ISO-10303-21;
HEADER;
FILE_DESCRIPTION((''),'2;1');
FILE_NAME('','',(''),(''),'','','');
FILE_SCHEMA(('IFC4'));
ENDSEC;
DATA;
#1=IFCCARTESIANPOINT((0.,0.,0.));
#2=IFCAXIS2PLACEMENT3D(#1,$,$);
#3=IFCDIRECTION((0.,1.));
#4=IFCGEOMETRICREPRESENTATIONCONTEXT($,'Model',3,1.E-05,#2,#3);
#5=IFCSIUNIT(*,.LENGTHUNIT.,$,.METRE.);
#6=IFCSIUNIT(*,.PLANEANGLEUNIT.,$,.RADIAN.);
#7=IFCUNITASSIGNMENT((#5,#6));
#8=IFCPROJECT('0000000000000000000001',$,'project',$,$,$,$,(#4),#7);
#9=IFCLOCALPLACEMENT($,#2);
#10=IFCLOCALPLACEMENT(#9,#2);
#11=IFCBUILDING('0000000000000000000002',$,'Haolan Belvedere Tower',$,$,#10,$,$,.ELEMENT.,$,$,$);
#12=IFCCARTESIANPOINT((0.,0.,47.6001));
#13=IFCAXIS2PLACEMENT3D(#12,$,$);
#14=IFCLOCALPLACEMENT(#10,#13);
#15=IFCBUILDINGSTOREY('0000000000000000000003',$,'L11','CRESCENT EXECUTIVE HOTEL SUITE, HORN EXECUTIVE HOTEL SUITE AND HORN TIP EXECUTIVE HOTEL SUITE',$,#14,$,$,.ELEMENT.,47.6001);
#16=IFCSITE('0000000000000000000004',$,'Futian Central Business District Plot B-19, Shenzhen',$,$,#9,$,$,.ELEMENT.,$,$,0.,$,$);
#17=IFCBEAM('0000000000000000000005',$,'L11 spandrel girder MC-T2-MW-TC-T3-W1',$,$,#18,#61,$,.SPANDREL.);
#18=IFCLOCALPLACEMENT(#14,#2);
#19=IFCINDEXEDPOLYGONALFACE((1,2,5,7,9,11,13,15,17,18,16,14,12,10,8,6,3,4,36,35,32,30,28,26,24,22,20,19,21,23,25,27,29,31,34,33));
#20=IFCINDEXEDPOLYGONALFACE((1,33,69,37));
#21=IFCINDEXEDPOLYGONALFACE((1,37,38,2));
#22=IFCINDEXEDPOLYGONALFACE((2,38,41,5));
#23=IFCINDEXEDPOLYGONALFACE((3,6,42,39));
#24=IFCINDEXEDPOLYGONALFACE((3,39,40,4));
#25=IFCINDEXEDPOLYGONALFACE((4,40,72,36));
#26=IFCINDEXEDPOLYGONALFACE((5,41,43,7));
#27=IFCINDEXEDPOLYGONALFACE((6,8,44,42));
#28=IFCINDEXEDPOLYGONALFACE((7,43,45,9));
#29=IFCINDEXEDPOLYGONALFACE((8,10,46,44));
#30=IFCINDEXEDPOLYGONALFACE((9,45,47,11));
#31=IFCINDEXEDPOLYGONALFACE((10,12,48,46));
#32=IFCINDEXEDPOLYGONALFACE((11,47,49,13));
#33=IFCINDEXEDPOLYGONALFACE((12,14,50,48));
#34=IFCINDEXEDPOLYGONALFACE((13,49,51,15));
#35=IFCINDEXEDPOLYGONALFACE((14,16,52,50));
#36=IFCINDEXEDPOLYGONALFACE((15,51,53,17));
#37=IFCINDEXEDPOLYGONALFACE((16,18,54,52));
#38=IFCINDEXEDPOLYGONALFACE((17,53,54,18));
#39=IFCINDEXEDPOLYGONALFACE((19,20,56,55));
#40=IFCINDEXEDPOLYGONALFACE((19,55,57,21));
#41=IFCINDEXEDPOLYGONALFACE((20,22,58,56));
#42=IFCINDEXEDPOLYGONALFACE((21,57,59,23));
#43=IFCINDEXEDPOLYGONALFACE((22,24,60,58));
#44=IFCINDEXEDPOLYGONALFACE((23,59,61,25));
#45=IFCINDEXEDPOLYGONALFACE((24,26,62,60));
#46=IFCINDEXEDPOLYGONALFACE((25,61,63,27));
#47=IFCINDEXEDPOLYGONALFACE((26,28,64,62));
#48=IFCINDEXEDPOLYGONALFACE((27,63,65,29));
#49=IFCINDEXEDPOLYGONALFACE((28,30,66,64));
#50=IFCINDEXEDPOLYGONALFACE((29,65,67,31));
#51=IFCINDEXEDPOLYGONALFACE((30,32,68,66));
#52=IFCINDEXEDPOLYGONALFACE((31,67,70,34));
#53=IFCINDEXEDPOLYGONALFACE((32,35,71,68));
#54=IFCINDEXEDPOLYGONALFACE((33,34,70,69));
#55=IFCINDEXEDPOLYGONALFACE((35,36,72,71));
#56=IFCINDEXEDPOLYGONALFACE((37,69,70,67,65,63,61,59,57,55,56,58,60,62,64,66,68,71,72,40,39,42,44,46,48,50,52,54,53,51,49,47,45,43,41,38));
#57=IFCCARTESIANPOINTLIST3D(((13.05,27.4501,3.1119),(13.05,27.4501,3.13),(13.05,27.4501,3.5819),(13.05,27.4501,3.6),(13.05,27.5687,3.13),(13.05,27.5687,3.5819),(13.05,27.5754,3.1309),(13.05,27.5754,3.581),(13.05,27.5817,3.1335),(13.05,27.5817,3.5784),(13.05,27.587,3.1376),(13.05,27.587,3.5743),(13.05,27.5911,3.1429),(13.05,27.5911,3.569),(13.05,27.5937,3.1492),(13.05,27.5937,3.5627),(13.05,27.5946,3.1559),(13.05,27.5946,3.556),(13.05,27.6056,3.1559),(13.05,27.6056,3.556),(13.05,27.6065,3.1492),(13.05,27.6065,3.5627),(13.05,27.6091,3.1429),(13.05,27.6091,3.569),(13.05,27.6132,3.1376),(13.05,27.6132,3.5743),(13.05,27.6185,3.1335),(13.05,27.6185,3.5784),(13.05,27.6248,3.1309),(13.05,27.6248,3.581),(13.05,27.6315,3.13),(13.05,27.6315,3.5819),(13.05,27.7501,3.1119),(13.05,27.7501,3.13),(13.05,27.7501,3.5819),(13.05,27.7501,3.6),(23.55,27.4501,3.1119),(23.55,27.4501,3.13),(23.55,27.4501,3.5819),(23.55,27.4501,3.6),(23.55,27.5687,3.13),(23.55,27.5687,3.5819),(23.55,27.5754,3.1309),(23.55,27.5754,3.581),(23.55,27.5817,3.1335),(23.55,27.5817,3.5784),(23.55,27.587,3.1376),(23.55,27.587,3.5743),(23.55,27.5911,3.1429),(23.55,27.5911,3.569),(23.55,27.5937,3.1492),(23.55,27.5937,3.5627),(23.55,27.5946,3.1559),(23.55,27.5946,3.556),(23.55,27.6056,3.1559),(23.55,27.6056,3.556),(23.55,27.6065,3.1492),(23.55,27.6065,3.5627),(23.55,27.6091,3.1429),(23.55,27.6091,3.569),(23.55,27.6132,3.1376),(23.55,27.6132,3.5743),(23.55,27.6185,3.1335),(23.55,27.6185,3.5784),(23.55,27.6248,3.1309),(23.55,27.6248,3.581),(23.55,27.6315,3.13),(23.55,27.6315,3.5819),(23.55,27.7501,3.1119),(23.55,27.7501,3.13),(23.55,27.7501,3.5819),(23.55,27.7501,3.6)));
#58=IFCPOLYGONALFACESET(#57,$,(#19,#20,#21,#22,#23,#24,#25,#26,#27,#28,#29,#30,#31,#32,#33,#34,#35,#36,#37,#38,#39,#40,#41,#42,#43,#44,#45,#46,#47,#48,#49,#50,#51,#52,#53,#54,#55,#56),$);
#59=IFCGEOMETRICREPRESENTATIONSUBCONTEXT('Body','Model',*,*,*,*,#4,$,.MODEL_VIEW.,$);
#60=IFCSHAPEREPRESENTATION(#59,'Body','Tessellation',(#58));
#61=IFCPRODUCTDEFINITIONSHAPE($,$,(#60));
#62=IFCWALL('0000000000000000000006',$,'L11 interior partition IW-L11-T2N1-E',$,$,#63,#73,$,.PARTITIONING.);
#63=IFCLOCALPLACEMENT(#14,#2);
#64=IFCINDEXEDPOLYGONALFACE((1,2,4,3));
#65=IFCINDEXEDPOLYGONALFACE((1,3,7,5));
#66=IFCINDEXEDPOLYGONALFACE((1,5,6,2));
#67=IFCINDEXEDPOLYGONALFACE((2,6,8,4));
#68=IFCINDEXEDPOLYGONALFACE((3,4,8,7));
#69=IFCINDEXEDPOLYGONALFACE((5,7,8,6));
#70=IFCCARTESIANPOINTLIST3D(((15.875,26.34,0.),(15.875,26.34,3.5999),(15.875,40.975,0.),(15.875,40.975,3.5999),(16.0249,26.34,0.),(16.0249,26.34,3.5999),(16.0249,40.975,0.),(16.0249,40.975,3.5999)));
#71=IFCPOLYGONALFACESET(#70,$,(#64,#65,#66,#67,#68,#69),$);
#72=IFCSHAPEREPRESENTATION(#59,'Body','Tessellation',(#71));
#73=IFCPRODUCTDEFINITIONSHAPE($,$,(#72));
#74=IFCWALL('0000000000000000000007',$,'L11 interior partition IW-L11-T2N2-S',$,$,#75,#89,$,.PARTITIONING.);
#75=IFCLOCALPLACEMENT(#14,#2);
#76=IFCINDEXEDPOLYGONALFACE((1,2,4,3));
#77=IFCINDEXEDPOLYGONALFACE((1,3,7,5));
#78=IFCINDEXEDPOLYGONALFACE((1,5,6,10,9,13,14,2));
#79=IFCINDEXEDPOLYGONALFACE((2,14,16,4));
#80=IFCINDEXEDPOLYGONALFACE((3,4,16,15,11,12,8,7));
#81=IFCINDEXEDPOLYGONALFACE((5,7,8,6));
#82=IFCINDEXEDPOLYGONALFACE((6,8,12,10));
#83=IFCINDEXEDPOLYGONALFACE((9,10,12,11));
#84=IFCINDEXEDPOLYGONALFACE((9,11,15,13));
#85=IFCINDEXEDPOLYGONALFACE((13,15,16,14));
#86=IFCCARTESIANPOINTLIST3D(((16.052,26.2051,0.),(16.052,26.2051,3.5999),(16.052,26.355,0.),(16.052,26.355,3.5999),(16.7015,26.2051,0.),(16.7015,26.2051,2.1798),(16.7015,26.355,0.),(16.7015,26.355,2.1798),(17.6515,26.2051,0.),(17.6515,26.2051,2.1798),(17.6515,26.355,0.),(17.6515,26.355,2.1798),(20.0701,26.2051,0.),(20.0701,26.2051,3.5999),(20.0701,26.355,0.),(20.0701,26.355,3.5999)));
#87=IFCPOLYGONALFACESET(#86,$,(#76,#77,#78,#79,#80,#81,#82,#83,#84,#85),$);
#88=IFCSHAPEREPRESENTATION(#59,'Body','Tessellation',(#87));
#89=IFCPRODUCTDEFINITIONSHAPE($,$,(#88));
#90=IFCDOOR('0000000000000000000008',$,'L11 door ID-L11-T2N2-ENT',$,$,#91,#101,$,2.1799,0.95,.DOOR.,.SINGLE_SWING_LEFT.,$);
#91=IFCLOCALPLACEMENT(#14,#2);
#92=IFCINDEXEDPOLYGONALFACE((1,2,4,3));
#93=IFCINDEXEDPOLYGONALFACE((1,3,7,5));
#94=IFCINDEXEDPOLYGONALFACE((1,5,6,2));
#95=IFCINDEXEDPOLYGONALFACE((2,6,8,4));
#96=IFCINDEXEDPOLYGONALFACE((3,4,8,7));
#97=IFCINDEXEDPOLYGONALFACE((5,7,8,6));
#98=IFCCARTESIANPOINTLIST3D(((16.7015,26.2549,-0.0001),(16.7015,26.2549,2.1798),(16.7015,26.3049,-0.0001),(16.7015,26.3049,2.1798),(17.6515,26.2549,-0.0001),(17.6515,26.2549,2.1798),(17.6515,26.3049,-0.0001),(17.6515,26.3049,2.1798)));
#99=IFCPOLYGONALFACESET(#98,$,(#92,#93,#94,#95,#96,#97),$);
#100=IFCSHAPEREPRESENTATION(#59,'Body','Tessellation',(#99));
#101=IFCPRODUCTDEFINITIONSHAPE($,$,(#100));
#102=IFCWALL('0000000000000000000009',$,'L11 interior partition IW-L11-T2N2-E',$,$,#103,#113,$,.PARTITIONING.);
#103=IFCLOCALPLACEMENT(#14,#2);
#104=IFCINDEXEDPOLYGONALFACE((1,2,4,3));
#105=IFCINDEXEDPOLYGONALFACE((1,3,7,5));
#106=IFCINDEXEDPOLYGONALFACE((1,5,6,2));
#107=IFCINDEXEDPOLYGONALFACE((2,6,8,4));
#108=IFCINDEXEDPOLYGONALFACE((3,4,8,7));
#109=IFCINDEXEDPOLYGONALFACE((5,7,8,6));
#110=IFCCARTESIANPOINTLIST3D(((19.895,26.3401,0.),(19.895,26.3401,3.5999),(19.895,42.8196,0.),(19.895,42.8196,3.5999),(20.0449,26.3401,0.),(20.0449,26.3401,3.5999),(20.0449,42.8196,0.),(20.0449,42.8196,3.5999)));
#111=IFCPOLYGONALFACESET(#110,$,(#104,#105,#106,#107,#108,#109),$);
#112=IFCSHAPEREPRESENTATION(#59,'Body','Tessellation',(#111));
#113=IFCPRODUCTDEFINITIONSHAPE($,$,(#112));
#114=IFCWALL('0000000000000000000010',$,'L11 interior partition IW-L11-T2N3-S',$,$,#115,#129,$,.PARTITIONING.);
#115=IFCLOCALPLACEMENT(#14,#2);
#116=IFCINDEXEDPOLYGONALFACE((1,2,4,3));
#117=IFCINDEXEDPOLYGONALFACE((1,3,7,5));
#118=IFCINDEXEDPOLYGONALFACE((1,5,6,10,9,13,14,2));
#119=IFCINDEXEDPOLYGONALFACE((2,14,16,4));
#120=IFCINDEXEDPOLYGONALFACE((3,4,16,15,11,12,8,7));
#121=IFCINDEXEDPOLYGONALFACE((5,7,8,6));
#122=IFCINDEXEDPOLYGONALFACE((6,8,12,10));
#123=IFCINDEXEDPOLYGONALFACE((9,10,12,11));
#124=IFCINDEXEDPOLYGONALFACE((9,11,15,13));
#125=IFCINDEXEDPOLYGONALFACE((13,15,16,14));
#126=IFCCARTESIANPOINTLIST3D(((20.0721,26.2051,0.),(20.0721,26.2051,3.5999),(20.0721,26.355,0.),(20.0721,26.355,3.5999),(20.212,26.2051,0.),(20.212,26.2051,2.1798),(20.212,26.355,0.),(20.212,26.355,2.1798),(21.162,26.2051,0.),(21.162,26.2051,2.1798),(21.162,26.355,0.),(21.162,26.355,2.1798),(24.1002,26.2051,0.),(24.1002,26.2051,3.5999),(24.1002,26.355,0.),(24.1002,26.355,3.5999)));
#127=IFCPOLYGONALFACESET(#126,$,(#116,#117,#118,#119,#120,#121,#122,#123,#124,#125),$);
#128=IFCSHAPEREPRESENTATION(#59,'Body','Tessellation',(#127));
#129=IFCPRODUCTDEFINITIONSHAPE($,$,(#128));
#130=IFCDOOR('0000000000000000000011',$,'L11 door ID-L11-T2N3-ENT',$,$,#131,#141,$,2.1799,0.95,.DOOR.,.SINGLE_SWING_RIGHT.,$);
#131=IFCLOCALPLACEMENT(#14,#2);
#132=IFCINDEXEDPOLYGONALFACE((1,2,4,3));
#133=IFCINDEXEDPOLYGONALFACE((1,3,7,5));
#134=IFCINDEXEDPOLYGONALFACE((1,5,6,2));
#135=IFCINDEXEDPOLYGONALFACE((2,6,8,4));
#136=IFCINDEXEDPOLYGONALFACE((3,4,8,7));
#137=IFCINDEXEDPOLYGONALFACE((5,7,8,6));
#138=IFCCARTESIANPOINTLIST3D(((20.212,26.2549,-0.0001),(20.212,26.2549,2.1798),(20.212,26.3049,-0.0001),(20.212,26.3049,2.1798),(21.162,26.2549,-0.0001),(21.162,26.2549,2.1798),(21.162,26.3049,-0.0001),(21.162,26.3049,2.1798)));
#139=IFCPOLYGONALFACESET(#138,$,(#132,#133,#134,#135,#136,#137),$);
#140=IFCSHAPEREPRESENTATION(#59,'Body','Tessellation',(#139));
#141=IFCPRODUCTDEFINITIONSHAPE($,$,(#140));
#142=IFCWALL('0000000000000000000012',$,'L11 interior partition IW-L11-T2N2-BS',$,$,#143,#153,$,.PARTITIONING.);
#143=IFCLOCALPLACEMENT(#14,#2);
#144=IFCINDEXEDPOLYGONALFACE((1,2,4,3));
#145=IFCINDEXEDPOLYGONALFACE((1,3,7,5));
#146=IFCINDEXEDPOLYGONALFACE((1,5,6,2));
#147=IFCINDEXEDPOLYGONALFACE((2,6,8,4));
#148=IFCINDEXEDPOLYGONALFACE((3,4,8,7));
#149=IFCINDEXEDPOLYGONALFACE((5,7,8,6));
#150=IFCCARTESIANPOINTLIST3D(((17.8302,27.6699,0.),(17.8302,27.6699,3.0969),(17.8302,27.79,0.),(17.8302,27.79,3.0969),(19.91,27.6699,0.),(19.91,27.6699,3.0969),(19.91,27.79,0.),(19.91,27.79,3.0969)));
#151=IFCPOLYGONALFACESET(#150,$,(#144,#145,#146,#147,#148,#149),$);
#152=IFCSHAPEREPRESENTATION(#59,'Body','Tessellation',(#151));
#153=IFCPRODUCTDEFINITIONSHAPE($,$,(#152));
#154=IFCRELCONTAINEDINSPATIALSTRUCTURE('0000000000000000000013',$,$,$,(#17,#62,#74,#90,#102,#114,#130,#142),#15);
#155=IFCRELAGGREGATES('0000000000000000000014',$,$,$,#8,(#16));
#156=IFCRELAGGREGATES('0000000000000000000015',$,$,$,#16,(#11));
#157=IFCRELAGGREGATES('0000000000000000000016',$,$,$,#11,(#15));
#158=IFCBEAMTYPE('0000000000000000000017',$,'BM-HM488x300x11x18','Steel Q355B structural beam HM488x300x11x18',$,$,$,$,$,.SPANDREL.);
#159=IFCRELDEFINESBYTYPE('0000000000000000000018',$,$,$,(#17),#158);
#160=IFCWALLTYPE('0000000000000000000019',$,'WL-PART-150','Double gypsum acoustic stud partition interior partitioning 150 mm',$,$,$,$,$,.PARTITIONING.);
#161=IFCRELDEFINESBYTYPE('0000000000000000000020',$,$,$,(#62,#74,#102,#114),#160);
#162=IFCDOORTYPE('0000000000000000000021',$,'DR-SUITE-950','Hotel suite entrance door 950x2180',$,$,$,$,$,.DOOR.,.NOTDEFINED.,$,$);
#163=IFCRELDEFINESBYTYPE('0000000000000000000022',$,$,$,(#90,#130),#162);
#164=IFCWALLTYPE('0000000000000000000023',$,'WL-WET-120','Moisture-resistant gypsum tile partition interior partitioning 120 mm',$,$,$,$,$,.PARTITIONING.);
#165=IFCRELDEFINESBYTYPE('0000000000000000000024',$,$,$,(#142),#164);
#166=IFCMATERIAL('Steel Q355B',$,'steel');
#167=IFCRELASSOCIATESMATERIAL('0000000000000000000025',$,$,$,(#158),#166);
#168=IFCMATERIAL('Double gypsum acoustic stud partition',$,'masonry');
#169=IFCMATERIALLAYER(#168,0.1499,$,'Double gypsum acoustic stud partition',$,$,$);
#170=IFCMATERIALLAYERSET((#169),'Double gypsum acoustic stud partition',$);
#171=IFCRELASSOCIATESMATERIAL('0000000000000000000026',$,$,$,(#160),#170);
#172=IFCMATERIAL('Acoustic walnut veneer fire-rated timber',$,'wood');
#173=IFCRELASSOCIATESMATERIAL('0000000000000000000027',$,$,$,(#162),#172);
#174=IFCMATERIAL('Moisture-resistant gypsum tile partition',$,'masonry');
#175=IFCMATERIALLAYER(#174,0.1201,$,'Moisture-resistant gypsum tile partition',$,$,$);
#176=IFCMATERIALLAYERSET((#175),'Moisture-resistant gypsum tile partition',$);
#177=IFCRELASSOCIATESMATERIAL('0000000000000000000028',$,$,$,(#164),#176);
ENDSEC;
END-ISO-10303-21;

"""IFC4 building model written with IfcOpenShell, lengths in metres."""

from ifc_helpers import new_model, si_unit, direction, frame, frame_2d, origin, origin_2d, place, context, subcontext, project, spatial, rectangle, i_section, extrude, material, layer, layer_set, material_profile, profile_set, type_object, element, fill, save


model = new_model("IFC4")

# Units and contexts
model_context = context("Model", 3, precision=1e-05, world=origin(), true_north=direction((0.0, 1.0)))
body_context = subcontext(model_context, "Body", "Model", "MODEL_VIEW")
ifc_project = project(units=[si_unit("LENGTHUNIT", "METRE"), si_unit("PLANEANGLEUNIT", "RADIAN")], contexts=[model_context])

# Site, building, storey
site_placement = place(None, origin())
site = spatial("IfcSite", under=ifc_project, at=site_placement, Name="Futian Central Business District Plot B-19, Shenzhen", CompositionType="ELEMENT", RefElevation=0.0)
building_placement = place(site_placement, origin())
building = spatial("IfcBuilding", under=site, at=building_placement, Name="Haolan Belvedere Tower", CompositionType="ELEMENT")
storey_placement = place(building_placement, frame((0.0, 0.0, 47.6001)))
storey = spatial("IfcBuildingStorey", under=building, at=storey_placement, Name="L11", Description="CRESCENT EXECUTIVE HOTEL SUITE, HORN EXECUTIVE HOTEL SUITE AND HORN TIP EXECUTIVE HOTEL SUITE", CompositionType="ELEMENT", Elevation=47.6001)

# Beam
ifc_material_1 = material(Name="Steel Q355B", Category="steel")
ifc_material_profile = material_profile(ifc_material_1, i_section(OverallWidth=0.3, OverallDepth=0.488, WebThickness=0.011, FlangeThickness=0.0181, FilletRadius=0.0259, at=origin_2d()), Name="Steel Q355B")
ifc_profile_set = profile_set([ifc_material_profile], Name="Steel Q355B")
beam_type = type_object("IfcBeamType", Name="BM-HM488x300x11x18", Description="Steel Q355B structural beam HM488x300x11x18", PredefinedType="SPANDREL", material=ifc_profile_set)
beam_placement = place(storey_placement, frame((13.05, 27.6001, 3.356), z_axis=(1.0, 0.0, 0.0), x_axis=(0.0, 1.0, 0.0)))
element("IfcBeam", 1, at=beam_placement, inside=storey, type_object=beam_type, Name="L11 spandrel girder MC-T2-MW-TC-T3-W1", PredefinedType="SPANDREL", context=body_context, shape_type="SweptSolid", body=[
    extrude(i_section(OverallWidth=0.3, OverallDepth=0.488, WebThickness=0.011, FlangeThickness=0.0181, FilletRadius=0.0259, at=origin_2d()), origin(), (0.0, 0.0, 1.0), 10.5),
])

# Shared definitions
ifc_material_2 = material(Name="Double gypsum acoustic stud partition", Category="masonry")
ifc_layer_1 = layer(ifc_material_2, 0.1499, Name="Double gypsum acoustic stud partition")
ifc_layer_set_1 = layer_set([ifc_layer_1], Name="Double gypsum acoustic stud partition")
wall_type_1 = type_object("IfcWallType", Name="WL-PART-150", Description="Double gypsum acoustic stud partition interior partitioning 150 mm", PredefinedType="PARTITIONING", material=ifc_layer_set_1)

# Wall
wall_1_placement = place(storey_placement, frame((15.95, 26.3401, 0.0), z_axis=(0.0, 0.0, 1.0), x_axis=(0.0, 1.0, 0.0)))
element("IfcWall", 2, at=wall_1_placement, inside=storey, type_object=wall_type_1, Name="L11 interior partition IW-L11-T2N1-E", PredefinedType="PARTITIONING", context=body_context, shape_type="SweptSolid", body=[
    extrude(rectangle(XDim=14.635, YDim=0.1499, at=frame_2d((7.3174, 0.0))), origin(), (0.0, 0.0, 1.0), 3.5999),
])

# Wall, opening, door
wall_2_placement = place(storey_placement, frame((16.052, 26.28, 0.0), z_axis=(0.0, 0.0, 1.0), x_axis=(1.0, 0.0, 0.0)))
wall_2 = element("IfcWall", 3, at=wall_2_placement, inside=storey, type_object=wall_type_1, Name="L11 interior partition IW-L11-T2N2-S", PredefinedType="PARTITIONING", context=body_context, shape_type="SweptSolid", body=[
    extrude(rectangle(XDim=4.0181, YDim=0.1499, at=frame_2d((2.009, 0.0))), origin(), (0.0, 0.0, 1.0), 3.5999),
])
opening_1_placement = place(wall_2_placement, frame((0.6494, 0.0, 0.0)))
opening_1 = element("IfcOpeningElement", 4, at=opening_1_placement, cuts=wall_2, PredefinedType="OPENING", context=body_context, shape_type="SweptSolid", body=[
    extrude(rectangle(XDim=0.95, YDim=2.1799, at=frame_2d((0.4751, 1.0898))), frame((0.0, 0.085, 0.0), z_axis=(0.0, -1.0, 0.0), x_axis=(1.0, 0.0, 0.0)), (0.0, 0.0, 1.0), 0.1699),
])
ifc_material_3 = material(Name="Acoustic walnut veneer fire-rated timber", Category="wood")
door_type_1 = type_object("IfcDoorType", Name="DR-SUITE-950", Description="Hotel suite entrance door 950x2180", OperationType="NOTDEFINED", PredefinedType="DOOR", material=ifc_material_3)
door_1_placement = place(opening_1_placement, origin())
door_1 = element("IfcDoor", 5, at=door_1_placement, inside=storey, type_object=door_type_1, Name="L11 door ID-L11-T2N2-ENT", OperationType="SINGLE_SWING_LEFT", OverallHeight=2.1799, OverallWidth=0.95, PredefinedType="DOOR", context=body_context, shape_type="SweptSolid", body=[
    extrude(rectangle(XDim=0.95, YDim=2.1799, at=frame_2d((0.4751, 1.0898))), frame((0.0, 0.0249, 0.0), z_axis=(0.0, -1.0, 0.0), x_axis=(1.0, 0.0, 0.0)), (0.0, 0.0, 1.0), 0.05),
])
fill(opening_1, door_1)

# Wall
wall_3_placement = place(storey_placement, frame((19.97, 26.3401, 0.0), z_axis=(0.0, 0.0, 1.0), x_axis=(0.0, 1.0, 0.0)))
element("IfcWall", 6, at=wall_3_placement, inside=storey, type_object=wall_type_1, Name="L11 interior partition IW-L11-T2N2-E", PredefinedType="PARTITIONING", context=body_context, shape_type="SweptSolid", body=[
    extrude(rectangle(XDim=16.4795, YDim=0.1499, at=frame_2d((8.2397, 0.0))), origin(), (0.0, 0.0, 1.0), 3.5999),
])

# Wall, opening, door
wall_4_placement = place(storey_placement, frame((20.072, 26.28, 0.0), z_axis=(0.0, 0.0, 1.0), x_axis=(1.0, 0.0, 0.0)))
wall_4 = element("IfcWall", 7, at=wall_4_placement, inside=storey, type_object=wall_type_1, Name="L11 interior partition IW-L11-T2N3-S", PredefinedType="PARTITIONING", context=body_context, shape_type="SweptSolid", body=[
    extrude(rectangle(XDim=4.0281, YDim=0.1499, at=frame_2d((2.0142, 0.0))), origin(), (0.0, 0.0, 1.0), 3.5999),
])
opening_2_placement = place(wall_4_placement, frame((0.1399, 0.0, 0.0)))
opening_2 = element("IfcOpeningElement", 8, at=opening_2_placement, cuts=wall_4, PredefinedType="OPENING", context=body_context, shape_type="SweptSolid", body=[
    extrude(rectangle(XDim=0.95, YDim=2.1799, at=frame_2d((0.4751, 1.0898))), frame((0.0, 0.085, 0.0), z_axis=(0.0, -1.0, 0.0), x_axis=(1.0, 0.0, 0.0)), (0.0, 0.0, 1.0), 0.1699),
])
door_2_placement = place(opening_2_placement, origin())
door_2 = element("IfcDoor", 9, at=door_2_placement, inside=storey, type_object=door_type_1, Name="L11 door ID-L11-T2N3-ENT", OperationType="SINGLE_SWING_RIGHT", OverallHeight=2.1799, OverallWidth=0.95, PredefinedType="DOOR", context=body_context, shape_type="SweptSolid", body=[
    extrude(rectangle(XDim=0.95, YDim=2.1799, at=frame_2d((0.4751, 1.0898))), frame((0.0, 0.0249, 0.0), z_axis=(0.0, -1.0, 0.0), x_axis=(1.0, 0.0, 0.0)), (0.0, 0.0, 1.0), 0.05),
])
fill(opening_2, door_2)

# Wall
ifc_material_4 = material(Name="Moisture-resistant gypsum tile partition", Category="masonry")
ifc_layer_2 = layer(ifc_material_4, 0.1201, Name="Moisture-resistant gypsum tile partition")
ifc_layer_set_2 = layer_set([ifc_layer_2], Name="Moisture-resistant gypsum tile partition")
wall_type_2 = type_object("IfcWallType", Name="WL-WET-120", Description="Moisture-resistant gypsum tile partition interior partitioning 120 mm", PredefinedType="PARTITIONING", material=ifc_layer_set_2)
wall_5_placement = place(storey_placement, frame((17.8301, 27.73, 0.0), z_axis=(0.0, 0.0, 1.0), x_axis=(1.0, 0.0, 0.0)))
element("IfcWall", 10, at=wall_5_placement, inside=storey, type_object=wall_type_2, Name="L11 interior partition IW-L11-T2N2-BS", PredefinedType="PARTITIONING", context=body_context, shape_type="SweptSolid", body=[
    extrude(rectangle(XDim=2.0798, YDim=0.1201, at=frame_2d((1.04, 0.0))), origin(), (0.0, 0.0, 1.0), 3.0969),
])

save(model, "model.ifc")
